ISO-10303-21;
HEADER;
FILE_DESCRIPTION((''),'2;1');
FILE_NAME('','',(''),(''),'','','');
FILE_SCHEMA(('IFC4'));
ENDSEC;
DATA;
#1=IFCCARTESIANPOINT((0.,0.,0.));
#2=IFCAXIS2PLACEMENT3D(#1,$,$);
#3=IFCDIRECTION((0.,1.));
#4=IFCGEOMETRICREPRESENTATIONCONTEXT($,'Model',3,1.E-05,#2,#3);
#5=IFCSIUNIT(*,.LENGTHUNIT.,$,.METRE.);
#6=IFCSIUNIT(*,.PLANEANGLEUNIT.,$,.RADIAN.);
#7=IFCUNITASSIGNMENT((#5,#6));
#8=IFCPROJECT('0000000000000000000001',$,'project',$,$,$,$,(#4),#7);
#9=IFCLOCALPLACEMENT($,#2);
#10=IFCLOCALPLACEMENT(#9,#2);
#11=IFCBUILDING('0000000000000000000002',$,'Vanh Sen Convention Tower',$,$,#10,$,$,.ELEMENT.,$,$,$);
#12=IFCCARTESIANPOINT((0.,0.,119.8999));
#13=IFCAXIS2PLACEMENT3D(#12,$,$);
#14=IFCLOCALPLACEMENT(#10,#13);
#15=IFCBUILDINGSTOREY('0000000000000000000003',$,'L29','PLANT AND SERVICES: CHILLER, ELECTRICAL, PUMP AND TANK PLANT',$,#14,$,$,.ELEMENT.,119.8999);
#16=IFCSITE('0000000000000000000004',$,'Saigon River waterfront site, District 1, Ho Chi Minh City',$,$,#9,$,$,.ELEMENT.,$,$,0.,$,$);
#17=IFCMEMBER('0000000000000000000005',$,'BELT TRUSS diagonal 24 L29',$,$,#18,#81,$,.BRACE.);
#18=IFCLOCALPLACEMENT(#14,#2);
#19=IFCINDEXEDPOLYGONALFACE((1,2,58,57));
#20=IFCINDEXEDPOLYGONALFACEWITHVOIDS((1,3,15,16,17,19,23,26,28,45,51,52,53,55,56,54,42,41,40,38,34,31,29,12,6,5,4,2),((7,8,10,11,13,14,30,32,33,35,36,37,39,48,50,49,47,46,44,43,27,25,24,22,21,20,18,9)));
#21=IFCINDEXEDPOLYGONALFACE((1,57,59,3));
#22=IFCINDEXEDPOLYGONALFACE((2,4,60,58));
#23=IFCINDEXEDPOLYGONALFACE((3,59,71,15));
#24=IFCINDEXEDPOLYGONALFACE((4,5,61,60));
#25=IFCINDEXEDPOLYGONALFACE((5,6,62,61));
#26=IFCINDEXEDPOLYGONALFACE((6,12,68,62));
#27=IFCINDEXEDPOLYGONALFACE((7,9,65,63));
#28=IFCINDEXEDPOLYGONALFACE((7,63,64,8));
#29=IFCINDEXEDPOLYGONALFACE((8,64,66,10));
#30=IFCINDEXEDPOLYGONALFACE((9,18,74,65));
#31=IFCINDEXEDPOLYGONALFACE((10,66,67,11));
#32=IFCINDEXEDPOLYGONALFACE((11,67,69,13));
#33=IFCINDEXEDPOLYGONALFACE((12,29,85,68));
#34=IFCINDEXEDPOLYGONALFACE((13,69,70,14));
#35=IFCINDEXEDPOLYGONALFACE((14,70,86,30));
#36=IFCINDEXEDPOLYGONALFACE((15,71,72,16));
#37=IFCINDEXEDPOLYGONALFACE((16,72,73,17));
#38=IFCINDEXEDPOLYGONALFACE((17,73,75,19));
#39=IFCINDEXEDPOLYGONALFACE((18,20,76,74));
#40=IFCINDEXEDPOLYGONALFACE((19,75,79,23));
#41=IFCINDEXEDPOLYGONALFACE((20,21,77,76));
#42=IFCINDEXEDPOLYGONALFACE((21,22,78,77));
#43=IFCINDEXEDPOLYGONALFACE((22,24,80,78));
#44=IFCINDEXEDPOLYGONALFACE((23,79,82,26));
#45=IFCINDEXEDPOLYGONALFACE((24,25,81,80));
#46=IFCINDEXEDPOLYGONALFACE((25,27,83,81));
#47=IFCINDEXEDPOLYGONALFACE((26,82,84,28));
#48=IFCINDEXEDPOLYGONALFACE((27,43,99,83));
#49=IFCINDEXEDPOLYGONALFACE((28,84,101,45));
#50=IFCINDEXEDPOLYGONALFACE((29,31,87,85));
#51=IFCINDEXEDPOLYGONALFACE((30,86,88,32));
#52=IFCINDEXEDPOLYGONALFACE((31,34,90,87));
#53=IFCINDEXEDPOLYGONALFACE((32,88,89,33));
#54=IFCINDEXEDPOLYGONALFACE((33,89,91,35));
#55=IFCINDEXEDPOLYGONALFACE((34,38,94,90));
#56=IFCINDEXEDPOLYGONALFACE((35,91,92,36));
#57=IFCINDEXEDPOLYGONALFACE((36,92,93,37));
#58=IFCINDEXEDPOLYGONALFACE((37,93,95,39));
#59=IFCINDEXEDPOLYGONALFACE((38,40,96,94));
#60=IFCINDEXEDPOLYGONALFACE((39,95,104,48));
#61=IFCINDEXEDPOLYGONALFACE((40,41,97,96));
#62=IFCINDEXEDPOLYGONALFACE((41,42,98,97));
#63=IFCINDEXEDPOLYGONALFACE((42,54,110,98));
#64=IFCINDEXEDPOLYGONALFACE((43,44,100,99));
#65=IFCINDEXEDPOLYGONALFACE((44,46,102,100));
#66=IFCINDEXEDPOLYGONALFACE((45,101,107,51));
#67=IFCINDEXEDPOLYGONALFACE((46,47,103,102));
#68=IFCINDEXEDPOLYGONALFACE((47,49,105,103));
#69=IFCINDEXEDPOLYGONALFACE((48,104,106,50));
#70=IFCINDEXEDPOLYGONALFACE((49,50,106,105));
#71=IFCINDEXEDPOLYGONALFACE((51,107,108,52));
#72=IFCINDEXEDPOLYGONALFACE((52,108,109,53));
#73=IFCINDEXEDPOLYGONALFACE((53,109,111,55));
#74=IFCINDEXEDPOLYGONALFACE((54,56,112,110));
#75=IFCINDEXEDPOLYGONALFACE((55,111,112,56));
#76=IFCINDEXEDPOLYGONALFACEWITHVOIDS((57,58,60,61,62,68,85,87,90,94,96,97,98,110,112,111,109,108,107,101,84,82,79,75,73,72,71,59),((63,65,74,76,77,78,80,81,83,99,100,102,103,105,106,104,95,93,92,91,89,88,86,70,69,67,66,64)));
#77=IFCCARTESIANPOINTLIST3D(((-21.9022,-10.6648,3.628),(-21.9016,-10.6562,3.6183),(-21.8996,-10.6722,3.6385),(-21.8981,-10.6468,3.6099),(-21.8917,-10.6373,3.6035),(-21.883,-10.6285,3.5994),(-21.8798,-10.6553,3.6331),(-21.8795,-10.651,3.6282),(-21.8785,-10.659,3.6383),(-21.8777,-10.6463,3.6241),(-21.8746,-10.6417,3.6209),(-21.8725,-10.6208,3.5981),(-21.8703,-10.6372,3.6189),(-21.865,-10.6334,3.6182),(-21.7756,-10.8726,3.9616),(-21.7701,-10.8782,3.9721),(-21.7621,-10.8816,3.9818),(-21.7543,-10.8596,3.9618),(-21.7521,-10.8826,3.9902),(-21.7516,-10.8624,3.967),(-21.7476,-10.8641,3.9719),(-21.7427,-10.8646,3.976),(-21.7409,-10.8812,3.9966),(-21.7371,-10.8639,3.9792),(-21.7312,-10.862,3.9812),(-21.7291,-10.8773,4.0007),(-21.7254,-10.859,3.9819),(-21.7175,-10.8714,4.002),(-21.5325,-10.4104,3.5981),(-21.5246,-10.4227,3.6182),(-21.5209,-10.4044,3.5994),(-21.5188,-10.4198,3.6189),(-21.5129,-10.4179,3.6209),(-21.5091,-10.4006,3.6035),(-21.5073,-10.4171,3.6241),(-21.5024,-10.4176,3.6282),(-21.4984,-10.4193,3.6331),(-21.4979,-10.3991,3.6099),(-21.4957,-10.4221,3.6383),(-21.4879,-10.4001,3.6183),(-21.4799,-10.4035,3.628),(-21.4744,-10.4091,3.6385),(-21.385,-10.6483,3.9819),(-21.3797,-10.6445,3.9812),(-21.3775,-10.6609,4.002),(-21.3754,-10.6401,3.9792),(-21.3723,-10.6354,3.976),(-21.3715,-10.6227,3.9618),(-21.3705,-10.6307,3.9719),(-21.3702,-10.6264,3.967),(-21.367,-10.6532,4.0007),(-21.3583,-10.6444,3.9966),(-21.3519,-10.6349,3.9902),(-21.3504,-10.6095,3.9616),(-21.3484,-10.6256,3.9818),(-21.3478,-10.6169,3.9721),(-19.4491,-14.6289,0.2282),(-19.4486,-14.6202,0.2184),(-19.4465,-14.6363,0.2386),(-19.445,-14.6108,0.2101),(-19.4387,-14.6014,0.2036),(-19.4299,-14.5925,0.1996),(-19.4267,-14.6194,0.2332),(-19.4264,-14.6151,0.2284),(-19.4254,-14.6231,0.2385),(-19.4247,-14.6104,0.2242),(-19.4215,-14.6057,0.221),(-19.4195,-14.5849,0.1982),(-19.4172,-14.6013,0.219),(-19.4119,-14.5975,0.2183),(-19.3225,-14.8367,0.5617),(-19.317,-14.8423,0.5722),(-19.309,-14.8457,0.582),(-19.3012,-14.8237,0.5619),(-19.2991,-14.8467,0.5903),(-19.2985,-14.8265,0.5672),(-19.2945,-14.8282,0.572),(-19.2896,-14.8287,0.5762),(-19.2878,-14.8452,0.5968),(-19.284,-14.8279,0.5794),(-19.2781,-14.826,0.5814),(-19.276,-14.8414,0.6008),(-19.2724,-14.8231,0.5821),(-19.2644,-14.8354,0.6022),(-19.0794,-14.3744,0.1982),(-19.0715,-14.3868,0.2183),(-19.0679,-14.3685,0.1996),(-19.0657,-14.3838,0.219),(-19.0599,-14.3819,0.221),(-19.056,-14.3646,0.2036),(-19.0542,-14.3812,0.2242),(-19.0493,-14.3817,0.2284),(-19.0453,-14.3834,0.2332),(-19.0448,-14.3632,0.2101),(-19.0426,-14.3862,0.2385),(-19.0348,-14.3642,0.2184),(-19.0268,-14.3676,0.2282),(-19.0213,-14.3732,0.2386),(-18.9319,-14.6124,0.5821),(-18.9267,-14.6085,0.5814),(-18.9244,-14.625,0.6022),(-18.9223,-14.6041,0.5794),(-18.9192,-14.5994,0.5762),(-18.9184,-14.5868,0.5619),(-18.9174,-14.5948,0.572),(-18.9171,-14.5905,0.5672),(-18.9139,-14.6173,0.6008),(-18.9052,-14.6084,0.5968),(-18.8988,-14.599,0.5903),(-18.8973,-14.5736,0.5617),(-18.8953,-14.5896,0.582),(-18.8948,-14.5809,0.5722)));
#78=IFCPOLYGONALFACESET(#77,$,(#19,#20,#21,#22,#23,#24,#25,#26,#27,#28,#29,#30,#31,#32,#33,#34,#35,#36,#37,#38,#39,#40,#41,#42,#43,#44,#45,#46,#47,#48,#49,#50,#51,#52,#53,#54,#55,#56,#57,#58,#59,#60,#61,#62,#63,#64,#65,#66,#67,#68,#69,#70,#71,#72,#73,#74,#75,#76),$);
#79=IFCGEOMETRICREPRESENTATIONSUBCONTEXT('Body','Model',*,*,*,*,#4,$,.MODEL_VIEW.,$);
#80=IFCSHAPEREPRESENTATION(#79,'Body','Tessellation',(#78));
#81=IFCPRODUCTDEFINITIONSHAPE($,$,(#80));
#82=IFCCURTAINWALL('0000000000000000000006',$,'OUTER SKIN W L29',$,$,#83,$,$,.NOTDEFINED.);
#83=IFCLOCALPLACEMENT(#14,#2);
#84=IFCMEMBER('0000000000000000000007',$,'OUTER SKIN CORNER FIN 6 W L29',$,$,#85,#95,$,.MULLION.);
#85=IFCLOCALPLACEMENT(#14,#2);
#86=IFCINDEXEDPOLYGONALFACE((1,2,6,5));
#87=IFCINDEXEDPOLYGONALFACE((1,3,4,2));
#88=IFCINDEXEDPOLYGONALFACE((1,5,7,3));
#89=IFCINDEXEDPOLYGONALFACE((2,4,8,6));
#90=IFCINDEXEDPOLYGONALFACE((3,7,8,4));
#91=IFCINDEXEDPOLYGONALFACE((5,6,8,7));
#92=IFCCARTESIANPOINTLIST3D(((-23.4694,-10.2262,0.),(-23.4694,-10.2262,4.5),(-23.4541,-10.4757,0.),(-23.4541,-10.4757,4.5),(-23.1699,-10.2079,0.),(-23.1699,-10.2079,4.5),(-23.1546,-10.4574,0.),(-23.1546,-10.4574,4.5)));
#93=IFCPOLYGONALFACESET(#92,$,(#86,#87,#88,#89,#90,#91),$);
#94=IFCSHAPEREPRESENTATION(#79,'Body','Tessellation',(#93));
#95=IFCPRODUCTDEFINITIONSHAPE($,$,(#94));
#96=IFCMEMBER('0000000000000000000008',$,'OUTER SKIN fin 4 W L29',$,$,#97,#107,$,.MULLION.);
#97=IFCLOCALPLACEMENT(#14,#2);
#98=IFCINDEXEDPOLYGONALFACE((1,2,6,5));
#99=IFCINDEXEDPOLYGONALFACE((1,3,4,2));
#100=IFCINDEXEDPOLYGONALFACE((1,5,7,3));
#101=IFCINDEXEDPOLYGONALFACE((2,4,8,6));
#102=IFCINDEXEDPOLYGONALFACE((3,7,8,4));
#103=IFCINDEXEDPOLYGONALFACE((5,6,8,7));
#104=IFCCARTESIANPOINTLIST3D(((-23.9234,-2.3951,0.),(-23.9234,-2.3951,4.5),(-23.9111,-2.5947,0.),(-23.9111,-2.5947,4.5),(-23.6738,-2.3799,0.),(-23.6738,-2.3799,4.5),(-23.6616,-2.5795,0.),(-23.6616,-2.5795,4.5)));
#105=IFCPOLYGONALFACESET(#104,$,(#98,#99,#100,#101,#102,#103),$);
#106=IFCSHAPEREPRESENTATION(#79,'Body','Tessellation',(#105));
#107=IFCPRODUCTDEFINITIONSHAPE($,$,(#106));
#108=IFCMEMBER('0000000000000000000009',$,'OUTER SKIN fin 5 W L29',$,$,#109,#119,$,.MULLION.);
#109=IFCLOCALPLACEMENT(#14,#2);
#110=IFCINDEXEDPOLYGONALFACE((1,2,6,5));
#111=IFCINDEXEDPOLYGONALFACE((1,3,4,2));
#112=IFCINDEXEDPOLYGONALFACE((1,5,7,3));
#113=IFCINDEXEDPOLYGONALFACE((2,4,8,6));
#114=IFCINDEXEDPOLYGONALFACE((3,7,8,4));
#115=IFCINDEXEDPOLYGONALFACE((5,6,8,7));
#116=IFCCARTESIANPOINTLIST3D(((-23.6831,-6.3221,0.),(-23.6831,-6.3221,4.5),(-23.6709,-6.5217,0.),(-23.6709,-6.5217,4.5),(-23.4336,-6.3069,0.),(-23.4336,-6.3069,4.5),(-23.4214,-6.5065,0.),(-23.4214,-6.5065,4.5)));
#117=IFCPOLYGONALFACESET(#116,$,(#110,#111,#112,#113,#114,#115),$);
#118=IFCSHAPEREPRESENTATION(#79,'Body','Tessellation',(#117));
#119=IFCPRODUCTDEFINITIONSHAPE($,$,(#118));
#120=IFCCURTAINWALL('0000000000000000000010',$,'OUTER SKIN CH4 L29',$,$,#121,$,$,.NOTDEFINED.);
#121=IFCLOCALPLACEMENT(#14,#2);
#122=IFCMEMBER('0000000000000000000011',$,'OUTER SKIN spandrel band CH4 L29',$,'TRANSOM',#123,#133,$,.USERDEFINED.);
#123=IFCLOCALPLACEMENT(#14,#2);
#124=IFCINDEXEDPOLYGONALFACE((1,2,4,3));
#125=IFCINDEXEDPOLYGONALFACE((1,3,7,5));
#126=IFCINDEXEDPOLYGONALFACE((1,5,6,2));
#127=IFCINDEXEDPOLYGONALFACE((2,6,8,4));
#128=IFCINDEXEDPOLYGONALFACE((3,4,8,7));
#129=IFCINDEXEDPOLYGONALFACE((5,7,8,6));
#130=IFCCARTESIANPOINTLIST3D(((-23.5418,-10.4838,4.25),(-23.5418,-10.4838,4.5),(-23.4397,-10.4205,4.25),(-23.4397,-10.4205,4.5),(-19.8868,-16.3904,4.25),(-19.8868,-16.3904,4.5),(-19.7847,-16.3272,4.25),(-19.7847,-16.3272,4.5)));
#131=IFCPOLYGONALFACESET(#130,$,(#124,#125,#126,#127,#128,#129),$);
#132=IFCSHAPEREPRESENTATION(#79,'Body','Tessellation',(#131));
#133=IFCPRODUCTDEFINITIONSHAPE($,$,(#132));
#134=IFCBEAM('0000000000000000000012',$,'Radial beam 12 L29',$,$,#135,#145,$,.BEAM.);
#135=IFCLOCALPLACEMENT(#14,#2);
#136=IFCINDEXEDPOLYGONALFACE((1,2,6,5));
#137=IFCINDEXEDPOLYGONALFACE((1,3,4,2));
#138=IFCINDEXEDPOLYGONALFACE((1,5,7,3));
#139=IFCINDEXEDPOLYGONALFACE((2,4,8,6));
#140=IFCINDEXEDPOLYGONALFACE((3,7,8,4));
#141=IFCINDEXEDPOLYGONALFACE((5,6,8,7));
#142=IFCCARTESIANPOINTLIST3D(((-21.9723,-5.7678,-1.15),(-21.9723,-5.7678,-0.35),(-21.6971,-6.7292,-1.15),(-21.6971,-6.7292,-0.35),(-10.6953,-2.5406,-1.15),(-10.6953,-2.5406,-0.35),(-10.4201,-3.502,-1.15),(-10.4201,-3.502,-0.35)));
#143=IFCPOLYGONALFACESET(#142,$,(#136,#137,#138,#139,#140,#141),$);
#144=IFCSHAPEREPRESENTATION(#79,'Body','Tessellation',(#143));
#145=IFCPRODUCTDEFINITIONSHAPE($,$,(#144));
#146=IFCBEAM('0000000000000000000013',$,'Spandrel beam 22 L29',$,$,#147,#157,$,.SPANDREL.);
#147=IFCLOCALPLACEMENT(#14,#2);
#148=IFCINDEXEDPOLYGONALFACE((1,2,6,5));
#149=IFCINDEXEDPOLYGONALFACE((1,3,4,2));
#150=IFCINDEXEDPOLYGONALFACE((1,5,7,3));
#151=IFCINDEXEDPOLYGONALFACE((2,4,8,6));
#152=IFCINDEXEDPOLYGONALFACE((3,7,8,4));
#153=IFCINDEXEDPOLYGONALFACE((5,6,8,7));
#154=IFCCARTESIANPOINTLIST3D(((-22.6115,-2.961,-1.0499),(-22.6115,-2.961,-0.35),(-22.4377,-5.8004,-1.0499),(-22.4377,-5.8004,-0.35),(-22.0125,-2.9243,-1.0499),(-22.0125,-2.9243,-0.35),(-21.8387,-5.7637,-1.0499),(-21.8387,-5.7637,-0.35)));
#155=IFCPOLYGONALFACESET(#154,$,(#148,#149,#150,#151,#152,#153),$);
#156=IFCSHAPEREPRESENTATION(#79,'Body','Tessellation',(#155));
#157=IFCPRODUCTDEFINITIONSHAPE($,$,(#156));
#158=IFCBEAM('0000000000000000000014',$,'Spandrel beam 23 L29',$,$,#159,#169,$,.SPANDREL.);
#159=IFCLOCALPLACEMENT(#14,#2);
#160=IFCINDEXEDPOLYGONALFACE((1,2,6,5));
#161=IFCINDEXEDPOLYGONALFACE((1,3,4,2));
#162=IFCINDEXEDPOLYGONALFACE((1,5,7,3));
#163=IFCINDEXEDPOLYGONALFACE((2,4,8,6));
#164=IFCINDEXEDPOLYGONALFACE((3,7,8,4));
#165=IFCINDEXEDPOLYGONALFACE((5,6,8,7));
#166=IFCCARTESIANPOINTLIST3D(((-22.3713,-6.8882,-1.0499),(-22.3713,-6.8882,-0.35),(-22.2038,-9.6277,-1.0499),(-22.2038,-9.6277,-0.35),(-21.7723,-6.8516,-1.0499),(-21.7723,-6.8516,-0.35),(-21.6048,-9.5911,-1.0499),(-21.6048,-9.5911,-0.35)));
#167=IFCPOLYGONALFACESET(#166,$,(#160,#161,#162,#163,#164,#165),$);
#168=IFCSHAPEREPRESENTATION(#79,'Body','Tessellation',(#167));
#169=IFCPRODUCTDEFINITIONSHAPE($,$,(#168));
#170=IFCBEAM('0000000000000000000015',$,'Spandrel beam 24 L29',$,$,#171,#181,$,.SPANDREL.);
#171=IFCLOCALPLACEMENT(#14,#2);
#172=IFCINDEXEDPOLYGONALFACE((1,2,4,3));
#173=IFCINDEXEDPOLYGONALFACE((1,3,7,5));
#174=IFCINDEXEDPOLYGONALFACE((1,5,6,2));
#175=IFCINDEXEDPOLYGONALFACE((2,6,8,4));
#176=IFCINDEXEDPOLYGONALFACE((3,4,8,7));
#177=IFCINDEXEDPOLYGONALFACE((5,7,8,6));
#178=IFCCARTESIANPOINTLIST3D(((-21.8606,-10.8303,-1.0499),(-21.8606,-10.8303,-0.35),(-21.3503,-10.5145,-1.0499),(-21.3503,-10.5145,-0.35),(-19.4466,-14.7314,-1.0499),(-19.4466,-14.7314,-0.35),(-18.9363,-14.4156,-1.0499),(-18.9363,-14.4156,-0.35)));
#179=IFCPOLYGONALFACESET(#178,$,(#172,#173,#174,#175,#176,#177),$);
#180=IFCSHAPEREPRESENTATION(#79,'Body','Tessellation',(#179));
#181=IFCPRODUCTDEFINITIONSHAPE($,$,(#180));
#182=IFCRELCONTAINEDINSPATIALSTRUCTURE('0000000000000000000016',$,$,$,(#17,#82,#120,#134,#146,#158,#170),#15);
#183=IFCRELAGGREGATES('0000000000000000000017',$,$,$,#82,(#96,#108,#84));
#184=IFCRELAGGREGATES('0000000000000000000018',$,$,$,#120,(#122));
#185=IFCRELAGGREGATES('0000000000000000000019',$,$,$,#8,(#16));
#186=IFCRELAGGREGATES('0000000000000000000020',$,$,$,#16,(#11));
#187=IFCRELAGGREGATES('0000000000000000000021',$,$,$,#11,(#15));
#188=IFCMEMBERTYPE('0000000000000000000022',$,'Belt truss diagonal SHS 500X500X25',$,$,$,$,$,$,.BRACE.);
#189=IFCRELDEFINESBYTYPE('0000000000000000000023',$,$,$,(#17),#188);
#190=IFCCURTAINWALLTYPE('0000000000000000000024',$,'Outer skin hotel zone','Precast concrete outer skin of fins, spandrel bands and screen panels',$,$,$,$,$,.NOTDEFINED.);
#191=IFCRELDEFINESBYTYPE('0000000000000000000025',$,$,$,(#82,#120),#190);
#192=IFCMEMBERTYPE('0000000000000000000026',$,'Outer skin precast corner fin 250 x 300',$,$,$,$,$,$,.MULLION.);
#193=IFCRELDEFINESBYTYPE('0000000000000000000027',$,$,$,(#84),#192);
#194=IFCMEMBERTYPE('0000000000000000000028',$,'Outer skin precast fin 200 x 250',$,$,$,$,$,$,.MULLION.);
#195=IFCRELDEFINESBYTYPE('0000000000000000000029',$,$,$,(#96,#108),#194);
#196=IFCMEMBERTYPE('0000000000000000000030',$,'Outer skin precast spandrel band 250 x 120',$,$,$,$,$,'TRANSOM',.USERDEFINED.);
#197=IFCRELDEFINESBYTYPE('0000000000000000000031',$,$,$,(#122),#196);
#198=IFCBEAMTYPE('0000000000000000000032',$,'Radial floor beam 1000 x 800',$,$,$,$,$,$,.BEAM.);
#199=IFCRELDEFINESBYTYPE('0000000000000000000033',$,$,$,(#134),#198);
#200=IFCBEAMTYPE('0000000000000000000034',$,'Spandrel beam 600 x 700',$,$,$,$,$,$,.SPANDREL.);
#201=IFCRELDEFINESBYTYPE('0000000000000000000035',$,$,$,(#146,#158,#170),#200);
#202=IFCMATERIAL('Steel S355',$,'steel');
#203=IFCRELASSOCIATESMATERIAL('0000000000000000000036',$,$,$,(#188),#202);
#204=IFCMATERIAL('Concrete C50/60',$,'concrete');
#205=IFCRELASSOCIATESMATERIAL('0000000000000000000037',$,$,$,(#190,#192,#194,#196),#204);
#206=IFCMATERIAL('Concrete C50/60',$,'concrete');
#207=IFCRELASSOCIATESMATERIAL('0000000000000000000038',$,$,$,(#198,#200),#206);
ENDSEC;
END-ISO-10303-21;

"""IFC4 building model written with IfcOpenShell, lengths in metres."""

from ifc_helpers import new_model, si_unit, direction, frame, origin, origin_2d, place, context, subcontext, project, spatial, rectangle, hollow_rectangle, extrude, material, material_profile, profile_set, type_object, element, aggregate, save


model = new_model("IFC4")

# Units and contexts
model_context = context("Model", 3, precision=1e-05, world=origin(), true_north=direction((0.0, 1.0)))
body_context = subcontext(model_context, "Body", "Model", "MODEL_VIEW")
ifc_project = project(units=[si_unit("LENGTHUNIT", "METRE"), si_unit("PLANEANGLEUNIT", "RADIAN")], contexts=[model_context])

# Site, building, storey
site_placement = place(None, origin())
site = spatial("IfcSite", under=ifc_project, at=site_placement, Name="Saigon River waterfront site, District 1, Ho Chi Minh City", CompositionType="ELEMENT", RefElevation=0.0)
building_placement = place(site_placement, origin())
building = spatial("IfcBuilding", under=site, at=building_placement, Name="Vanh Sen Convention Tower", CompositionType="ELEMENT")
storey_placement = place(building_placement, frame((0.0, 0.0, 119.8999)))
storey = spatial("IfcBuildingStorey", under=building, at=storey_placement, Name="L29", Description="PLANT AND SERVICES: CHILLER, ELECTRICAL, PUMP AND TANK PLANT", CompositionType="ELEMENT", Elevation=119.8999)

# Member
ifc_material_1 = material(Name="Steel S355", Category="steel")
ifc_material_profile_1 = material_profile(ifc_material_1, hollow_rectangle(XDim=0.5, YDim=0.5, WallThickness=0.0249, InnerFilletRadius=0.0249, OuterFilletRadius=0.05, at=origin_2d()), Name="SHS 500X500X25")
ifc_profile_set_1 = profile_set([ifc_material_profile_1], Name="Steel S355")
member_type_1 = type_object("IfcMemberType", Name="Belt truss diagonal SHS 500X500X25", PredefinedType="BRACE", material=ifc_profile_set_1)
member_1_placement = place(storey_placement, frame((-21.625, -10.6409, 3.8), z_axis=(0.425162, -0.687037, -0.589252), x_axis=(0.850347, 0.526223, 0.0)))
element("IfcMember", 1, at=member_1_placement, inside=storey, type_object=member_type_1, Name="BELT TRUSS diagonal 24 L29", PredefinedType="BRACE", context=body_context, shape_type="SweptSolid", body=[
    extrude(hollow_rectangle(XDim=0.5, YDim=0.5, WallThickness=0.0249, InnerFilletRadius=0.0249, OuterFilletRadius=0.05, at=origin_2d()), origin(), (0.0, 0.0, 1.0), 5.7698),
])

# Curtain wall, members
ifc_material_2 = material(Name="Concrete C50/60", Category="concrete")
curtain_wall_type = type_object("IfcCurtainWallType", Name="Outer skin hotel zone", Description="Precast concrete outer skin of fins, spandrel bands and screen panels", PredefinedType="NOTDEFINED", material=ifc_material_2)
curtain_wall_1_placement = place(storey_placement, origin())
curtain_wall_1 = element("IfcCurtainWall", 2, at=curtain_wall_1_placement, inside=storey, type_object=curtain_wall_type, Name="OUTER SKIN W L29", PredefinedType="NOTDEFINED")
ifc_material_profile_2 = material_profile(ifc_material_2, rectangle(XDim=0.25, YDim=0.3, at=origin_2d()), Name="Outer skin precast corner fin 250 x 300")
ifc_profile_set_2 = profile_set([ifc_material_profile_2], Name="Concrete C50/60")
member_type_2 = type_object("IfcMemberType", Name="Outer skin precast corner fin 250 x 300", PredefinedType="MULLION", material=ifc_profile_set_2)
member_2_placement = place(storey_placement, frame((-23.312, -10.3418, 0.0), z_axis=(0.0, 0.0, 1.0), x_axis=(0.061049, -0.998135, 0.0)))
member_2 = element("IfcMember", 3, at=member_2_placement, type_object=member_type_2, Name="OUTER SKIN CORNER FIN 6 W L29", PredefinedType="MULLION", context=body_context, shape_type="SweptSolid", body=[
    extrude(rectangle(XDim=0.25, YDim=0.3, at=origin_2d()), origin(), (0.0, 0.0, 1.0), 4.5),
])
ifc_material_profile_3 = material_profile(ifc_material_2, rectangle(XDim=0.2, YDim=0.25, at=origin_2d()), Name="Outer skin precast fin 200 x 250")
ifc_profile_set_3 = profile_set([ifc_material_profile_3], Name="Concrete C50/60")
member_type_3 = type_object("IfcMemberType", Name="Outer skin precast fin 200 x 250", PredefinedType="MULLION", material=ifc_profile_set_3)
member_3_placement = place(storey_placement, frame((-23.7925, -2.4873, 0.0), z_axis=(0.0, 0.0, 1.0), x_axis=(0.061049, -0.998135, 0.0)))
member_3 = element("IfcMember", 4, at=member_3_placement, type_object=member_type_3, Name="OUTER SKIN fin 4 W L29", PredefinedType="MULLION", context=body_context, shape_type="SweptSolid", body=[
    extrude(rectangle(XDim=0.2, YDim=0.25, at=origin_2d()), origin(), (0.0, 0.0, 1.0), 4.5),
])
member_4_placement = place(storey_placement, frame((-23.5522, -6.4143, 0.0), z_axis=(0.0, 0.0, 1.0), x_axis=(0.061049, -0.998135, 0.0)))
member_4 = element("IfcMember", 5, at=member_4_placement, type_object=member_type_3, Name="OUTER SKIN fin 5 W L29", PredefinedType="MULLION", context=body_context, shape_type="SweptSolid", body=[
    extrude(rectangle(XDim=0.2, YDim=0.25, at=origin_2d()), origin(), (0.0, 0.0, 1.0), 4.5),
])

# Curtain wall, member
curtain_wall_2_placement = place(storey_placement, origin())
curtain_wall_2 = element("IfcCurtainWall", 6, at=curtain_wall_2_placement, inside=storey, type_object=curtain_wall_type, Name="OUTER SKIN CH4 L29", PredefinedType="NOTDEFINED")
ifc_material_profile_4 = material_profile(ifc_material_2, rectangle(XDim=0.1201, YDim=0.25, at=origin_2d()), Name="Outer skin precast spandrel band 250 x 120")
ifc_profile_set_4 = profile_set([ifc_material_profile_4], Name="Concrete C50/60")
member_type_4 = type_object("IfcMemberType", Name="Outer skin precast spandrel band 250 x 120", ElementType="TRANSOM", PredefinedType="USERDEFINED", material=ifc_profile_set_4)
member_5_placement = place(storey_placement, frame((-23.4907, -10.4521, 4.375), z_axis=(0.526196, -0.850363, 0.0), x_axis=(0.850363, 0.526196, 0.0)))
member_5 = element("IfcMember", 7, at=member_5_placement, type_object=member_type_4, Name="OUTER SKIN spandrel band CH4 L29", ObjectType="TRANSOM", PredefinedType="USERDEFINED", context=body_context, shape_type="SweptSolid", body=[
    extrude(rectangle(XDim=0.1201, YDim=0.25, at=origin_2d()), origin(), (0.0, 0.0, 1.0), 6.946),
])

# Beams
ifc_material_3 = material(Name="Concrete C50/60", Category="concrete")
ifc_material_profile_5 = material_profile(ifc_material_3, rectangle(XDim=1.0, YDim=0.8, at=origin_2d()), Name="RC 1000X800")
ifc_profile_set_5 = profile_set([ifc_material_profile_5], Name="Concrete C50/60")
beam_type_1 = type_object("IfcBeamType", Name="Radial floor beam 1000 x 800", PredefinedType="BEAM", material=ifc_profile_set_5)
beam_1_placement = place(storey_placement, frame((-21.8347, -6.2485, -0.75), z_axis=(0.961405, 0.275136, 0.0), x_axis=(-0.275136, 0.961405, 0.0)))
element("IfcBeam", 8, at=beam_1_placement, inside=storey, type_object=beam_type_1, Name="Radial beam 12 L29", PredefinedType="BEAM", context=body_context, shape_type="SweptSolid", body=[
    extrude(rectangle(XDim=1.0, YDim=0.8, at=origin_2d()), origin(), (0.0, 0.0, 1.0), 11.7297),
])
ifc_material_profile_6 = material_profile(ifc_material_3, rectangle(XDim=0.6001, YDim=0.7, at=origin_2d()), Name="RC 600X700")
ifc_profile_set_6 = profile_set([ifc_material_profile_6], Name="Concrete C50/60")
beam_type_2 = type_object("IfcBeamType", Name="Spandrel beam 600 x 700", PredefinedType="SPANDREL", material=ifc_profile_set_6)
beam_2_placement = place(storey_placement, frame((-22.312, -2.9426, -0.7), z_axis=(0.061107, -0.998131, 0.0), x_axis=(0.998131, 0.061107, 0.0)))
element("IfcBeam", 9, at=beam_2_placement, inside=storey, type_object=beam_type_2, Name="Spandrel beam 22 L29", PredefinedType="SPANDREL", context=body_context, shape_type="SweptSolid", body=[
    extrude(rectangle(XDim=0.6001, YDim=0.7, at=origin_2d()), origin(), (0.0, 0.0, 1.0), 2.8447),
])
beam_3_placement = place(storey_placement, frame((-22.0718, -6.8699, -0.7), z_axis=(0.061021, -0.998136, 0.0), x_axis=(0.998136, 0.061021, 0.0)))
element("IfcBeam", 10, at=beam_3_placement, inside=storey, type_object=beam_type_2, Name="Spandrel beam 23 L29", PredefinedType="SPANDREL", context=body_context, shape_type="SweptSolid", body=[
    extrude(rectangle(XDim=0.6001, YDim=0.7, at=origin_2d()), origin(), (0.0, 0.0, 1.0), 2.7446),
])
beam_4_placement = place(storey_placement, frame((-21.6055, -10.6724, -0.7), z_axis=(0.52621, -0.850355, 0.0), x_axis=(0.850355, 0.52621, 0.0)))
element("IfcBeam", 11, at=beam_4_placement, inside=storey, type_object=beam_type_2, Name="Spandrel beam 24 L29", PredefinedType="SPANDREL", context=body_context, shape_type="SweptSolid", body=[
    extrude(rectangle(XDim=0.6001, YDim=0.7, at=origin_2d()), origin(), (0.0, 0.0, 1.0), 4.5876),
])

aggregate(curtain_wall_1, [member_3, member_4, member_2])
aggregate(curtain_wall_2, [member_5])

save(model, "model.ifc")
